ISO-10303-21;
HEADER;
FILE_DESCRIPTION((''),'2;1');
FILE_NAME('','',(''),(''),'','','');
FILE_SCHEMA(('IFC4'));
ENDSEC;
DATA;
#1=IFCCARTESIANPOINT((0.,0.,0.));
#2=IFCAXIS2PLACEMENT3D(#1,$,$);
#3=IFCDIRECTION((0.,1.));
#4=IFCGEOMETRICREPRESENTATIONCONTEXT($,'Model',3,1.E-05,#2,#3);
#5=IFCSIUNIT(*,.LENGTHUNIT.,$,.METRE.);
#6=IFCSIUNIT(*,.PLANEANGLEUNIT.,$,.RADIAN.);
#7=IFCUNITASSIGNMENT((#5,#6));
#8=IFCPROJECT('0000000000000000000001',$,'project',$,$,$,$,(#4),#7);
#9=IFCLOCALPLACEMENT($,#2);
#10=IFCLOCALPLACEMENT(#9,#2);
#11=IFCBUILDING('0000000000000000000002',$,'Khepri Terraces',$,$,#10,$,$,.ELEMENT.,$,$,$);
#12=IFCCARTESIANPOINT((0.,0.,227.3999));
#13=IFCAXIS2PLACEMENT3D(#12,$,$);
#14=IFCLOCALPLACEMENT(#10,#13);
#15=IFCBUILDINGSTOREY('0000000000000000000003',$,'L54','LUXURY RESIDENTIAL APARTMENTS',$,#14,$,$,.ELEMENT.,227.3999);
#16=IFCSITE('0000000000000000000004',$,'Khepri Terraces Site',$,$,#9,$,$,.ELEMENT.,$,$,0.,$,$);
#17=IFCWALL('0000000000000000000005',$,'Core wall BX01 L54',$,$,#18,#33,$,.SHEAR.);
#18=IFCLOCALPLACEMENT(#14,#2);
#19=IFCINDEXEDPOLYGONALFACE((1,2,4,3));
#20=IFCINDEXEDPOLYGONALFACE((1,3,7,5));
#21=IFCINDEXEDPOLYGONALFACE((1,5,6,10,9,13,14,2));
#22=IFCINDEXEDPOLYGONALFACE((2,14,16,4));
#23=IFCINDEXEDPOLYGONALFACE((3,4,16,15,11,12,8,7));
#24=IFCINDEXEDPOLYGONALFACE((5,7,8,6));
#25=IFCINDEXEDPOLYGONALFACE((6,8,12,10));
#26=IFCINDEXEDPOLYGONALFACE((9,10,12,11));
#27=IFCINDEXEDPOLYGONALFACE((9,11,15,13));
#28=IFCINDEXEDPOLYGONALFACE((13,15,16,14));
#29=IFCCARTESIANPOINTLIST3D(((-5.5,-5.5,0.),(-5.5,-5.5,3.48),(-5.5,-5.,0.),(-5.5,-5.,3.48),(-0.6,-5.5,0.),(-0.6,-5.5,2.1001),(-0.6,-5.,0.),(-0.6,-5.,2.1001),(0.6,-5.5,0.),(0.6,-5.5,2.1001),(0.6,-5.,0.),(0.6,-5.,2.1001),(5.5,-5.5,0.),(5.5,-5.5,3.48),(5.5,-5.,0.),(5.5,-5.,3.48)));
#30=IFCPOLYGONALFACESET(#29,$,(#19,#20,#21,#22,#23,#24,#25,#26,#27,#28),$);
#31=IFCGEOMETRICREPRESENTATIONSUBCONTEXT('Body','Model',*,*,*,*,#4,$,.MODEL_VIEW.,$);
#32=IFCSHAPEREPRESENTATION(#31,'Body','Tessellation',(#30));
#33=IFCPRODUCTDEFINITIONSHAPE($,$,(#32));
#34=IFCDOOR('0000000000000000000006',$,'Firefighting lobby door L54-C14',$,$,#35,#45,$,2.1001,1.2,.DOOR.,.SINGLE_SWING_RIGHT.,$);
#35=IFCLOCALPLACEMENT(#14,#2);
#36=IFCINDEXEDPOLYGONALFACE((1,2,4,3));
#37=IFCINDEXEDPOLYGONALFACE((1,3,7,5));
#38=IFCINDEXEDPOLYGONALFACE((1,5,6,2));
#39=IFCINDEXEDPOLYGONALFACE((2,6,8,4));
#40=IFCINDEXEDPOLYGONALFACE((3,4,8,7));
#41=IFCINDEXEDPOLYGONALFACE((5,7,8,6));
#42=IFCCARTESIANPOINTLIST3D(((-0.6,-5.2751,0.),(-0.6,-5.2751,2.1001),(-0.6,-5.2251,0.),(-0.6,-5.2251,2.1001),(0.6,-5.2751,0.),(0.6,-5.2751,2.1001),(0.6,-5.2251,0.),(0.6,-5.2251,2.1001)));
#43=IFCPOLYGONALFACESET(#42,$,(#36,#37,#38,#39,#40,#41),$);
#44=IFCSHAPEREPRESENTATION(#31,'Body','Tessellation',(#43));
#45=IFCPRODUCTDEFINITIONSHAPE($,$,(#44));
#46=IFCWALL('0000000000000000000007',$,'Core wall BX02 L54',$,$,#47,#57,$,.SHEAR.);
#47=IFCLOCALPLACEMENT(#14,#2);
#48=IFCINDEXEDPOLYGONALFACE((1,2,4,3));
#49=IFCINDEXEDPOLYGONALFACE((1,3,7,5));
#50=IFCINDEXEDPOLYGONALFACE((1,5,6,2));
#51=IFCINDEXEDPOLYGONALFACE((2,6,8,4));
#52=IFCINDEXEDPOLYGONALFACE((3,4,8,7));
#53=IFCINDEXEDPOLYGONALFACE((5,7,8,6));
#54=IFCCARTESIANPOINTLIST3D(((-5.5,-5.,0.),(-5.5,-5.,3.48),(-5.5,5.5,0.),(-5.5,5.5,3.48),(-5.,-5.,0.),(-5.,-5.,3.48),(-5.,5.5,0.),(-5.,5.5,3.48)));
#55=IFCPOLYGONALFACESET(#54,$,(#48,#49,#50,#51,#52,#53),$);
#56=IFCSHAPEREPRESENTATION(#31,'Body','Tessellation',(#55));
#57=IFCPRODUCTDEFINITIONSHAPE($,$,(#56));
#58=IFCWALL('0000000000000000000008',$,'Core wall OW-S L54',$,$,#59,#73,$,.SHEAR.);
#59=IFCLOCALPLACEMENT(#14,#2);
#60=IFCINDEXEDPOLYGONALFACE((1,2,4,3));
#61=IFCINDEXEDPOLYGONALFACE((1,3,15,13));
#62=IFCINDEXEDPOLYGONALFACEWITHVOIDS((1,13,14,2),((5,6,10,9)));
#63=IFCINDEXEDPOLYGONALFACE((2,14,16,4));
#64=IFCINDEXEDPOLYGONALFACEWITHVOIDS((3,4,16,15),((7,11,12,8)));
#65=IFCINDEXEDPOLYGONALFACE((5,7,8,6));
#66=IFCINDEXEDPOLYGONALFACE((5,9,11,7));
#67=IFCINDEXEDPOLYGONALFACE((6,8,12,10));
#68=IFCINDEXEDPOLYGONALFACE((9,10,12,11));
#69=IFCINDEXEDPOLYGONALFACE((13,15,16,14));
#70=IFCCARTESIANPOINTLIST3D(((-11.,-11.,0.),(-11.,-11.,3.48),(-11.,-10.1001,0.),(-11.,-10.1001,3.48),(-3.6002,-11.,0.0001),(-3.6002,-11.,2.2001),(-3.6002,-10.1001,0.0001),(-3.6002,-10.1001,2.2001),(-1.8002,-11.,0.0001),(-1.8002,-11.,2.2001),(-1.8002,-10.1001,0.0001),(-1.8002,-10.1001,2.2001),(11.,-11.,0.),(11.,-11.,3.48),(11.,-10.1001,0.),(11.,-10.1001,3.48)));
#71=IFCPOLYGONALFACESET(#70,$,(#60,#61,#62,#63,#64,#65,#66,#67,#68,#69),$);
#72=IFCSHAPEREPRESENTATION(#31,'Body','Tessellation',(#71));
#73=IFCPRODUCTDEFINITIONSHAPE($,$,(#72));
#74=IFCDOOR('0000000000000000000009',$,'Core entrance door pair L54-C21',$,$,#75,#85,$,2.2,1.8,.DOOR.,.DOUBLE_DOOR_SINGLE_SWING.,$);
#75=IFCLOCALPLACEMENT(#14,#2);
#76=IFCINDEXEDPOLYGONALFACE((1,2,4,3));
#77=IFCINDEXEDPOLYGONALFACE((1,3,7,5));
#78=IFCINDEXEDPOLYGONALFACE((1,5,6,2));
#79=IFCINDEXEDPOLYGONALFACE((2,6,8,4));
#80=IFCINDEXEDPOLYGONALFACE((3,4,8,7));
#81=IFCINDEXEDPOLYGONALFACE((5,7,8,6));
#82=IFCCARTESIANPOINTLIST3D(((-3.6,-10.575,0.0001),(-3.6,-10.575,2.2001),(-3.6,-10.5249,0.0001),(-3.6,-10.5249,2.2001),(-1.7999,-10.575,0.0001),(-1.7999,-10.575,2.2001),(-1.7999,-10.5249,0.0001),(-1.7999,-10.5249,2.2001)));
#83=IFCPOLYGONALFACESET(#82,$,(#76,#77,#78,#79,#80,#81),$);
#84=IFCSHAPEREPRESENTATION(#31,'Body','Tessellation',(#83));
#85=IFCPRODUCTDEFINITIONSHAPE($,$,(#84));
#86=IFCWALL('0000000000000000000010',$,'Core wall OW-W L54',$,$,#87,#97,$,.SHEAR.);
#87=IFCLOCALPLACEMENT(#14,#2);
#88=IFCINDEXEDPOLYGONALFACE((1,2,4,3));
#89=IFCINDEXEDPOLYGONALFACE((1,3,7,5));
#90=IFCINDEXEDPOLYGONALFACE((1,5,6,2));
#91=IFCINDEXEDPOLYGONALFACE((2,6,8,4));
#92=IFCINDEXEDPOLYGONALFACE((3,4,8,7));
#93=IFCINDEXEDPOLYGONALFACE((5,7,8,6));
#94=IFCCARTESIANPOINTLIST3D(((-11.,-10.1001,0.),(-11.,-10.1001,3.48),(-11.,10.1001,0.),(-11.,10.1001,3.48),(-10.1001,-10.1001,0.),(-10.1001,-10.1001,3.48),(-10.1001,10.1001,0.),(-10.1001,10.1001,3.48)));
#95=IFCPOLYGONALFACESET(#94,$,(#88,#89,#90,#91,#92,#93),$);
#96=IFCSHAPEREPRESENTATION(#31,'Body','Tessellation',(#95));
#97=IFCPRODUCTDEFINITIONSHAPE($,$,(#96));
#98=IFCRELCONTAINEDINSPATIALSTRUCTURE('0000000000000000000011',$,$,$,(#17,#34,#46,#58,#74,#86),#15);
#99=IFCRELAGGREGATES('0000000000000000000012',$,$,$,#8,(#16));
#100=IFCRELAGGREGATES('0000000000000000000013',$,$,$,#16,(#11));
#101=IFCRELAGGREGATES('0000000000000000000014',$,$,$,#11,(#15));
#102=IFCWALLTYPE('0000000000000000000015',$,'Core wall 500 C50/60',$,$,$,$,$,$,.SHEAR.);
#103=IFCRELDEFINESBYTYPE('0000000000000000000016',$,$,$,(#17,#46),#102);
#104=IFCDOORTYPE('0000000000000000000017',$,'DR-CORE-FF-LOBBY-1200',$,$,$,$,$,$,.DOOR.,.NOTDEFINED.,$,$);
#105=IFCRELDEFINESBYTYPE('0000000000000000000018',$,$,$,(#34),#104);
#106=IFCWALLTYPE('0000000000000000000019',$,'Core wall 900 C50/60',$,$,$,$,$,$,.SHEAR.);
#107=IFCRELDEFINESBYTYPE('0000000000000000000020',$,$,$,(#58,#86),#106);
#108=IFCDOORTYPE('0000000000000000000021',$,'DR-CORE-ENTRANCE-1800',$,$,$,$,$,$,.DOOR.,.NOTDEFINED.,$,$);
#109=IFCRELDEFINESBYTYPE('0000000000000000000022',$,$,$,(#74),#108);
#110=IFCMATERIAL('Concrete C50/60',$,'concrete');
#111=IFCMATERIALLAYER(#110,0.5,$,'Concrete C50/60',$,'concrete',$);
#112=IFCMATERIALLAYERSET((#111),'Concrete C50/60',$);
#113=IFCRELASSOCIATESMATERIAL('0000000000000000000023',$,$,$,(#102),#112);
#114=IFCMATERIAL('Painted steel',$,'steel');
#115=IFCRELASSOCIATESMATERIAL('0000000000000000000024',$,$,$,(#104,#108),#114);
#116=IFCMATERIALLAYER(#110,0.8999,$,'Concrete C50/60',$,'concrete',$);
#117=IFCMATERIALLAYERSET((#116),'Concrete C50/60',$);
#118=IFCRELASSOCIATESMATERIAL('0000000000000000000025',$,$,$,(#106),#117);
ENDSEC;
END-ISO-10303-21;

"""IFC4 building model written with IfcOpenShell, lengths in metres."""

from ifc_helpers import new_model, si_unit, direction, frame, frame_2d, origin, place, context, subcontext, project, spatial, rectangle, extrude, material, layer, layer_set, type_object, element, fill, save


model = new_model("IFC4")

# Units and contexts
model_context = context("Model", 3, precision=1e-05, world=origin(), true_north=direction((0.0, 1.0)))
body_context = subcontext(model_context, "Body", "Model", "MODEL_VIEW")
ifc_project = project(units=[si_unit("LENGTHUNIT", "METRE"), si_unit("PLANEANGLEUNIT", "RADIAN")], contexts=[model_context])

# Site, building, storey
site_placement = place(None, origin())
site = spatial("IfcSite", under=ifc_project, at=site_placement, Name="Khepri Terraces Site", CompositionType="ELEMENT", RefElevation=0.0)
building_placement = place(site_placement, origin())
building = spatial("IfcBuilding", under=site, at=building_placement, Name="Khepri Terraces", CompositionType="ELEMENT")
storey_placement = place(building_placement, frame((0.0, 0.0, 227.3999)))
storey = spatial("IfcBuildingStorey", under=building, at=storey_placement, Name="L54", Description="LUXURY RESIDENTIAL APARTMENTS", CompositionType="ELEMENT", Elevation=227.3999)

# Shared definitions
ifc_material_1 = material(Name="Concrete C50/60", Category="concrete")

# Shared definitions
ifc_material_2 = material(Name="Painted steel", Category="steel")

# Wall, opening, door
ifc_layer_1 = layer(ifc_material_1, 0.5, Name="Concrete C50/60", Category="concrete")
ifc_layer_set_1 = layer_set([ifc_layer_1], Name="Concrete C50/60")
wall_type_1 = type_object("IfcWallType", Name="Core wall 500 C50/60", PredefinedType="SHEAR", material=ifc_layer_set_1)
wall_1_placement = place(storey_placement, frame((-5.5, -5.25, 0.0), z_axis=(0.0, 0.0, 1.0), x_axis=(1.0, 0.0, 0.0)))
wall_1 = element("IfcWall", 1, at=wall_1_placement, inside=storey, type_object=wall_type_1, Name="Core wall BX01 L54", PredefinedType="SHEAR", context=body_context, shape_type="SweptSolid", body=[
    extrude(rectangle(XDim=11.0, YDim=0.5, at=frame_2d((5.5, 0.0))), origin(), (0.0, 0.0, 1.0), 3.48),
])
opening_1_placement = place(wall_1_placement, frame((4.8999, 0.0, 0.0)))
opening_1 = element("IfcOpeningElement", 2, at=opening_1_placement, cuts=wall_1, PredefinedType="OPENING", context=body_context, shape_type="SweptSolid", body=[
    extrude(rectangle(XDim=1.2, YDim=2.1001, at=frame_2d((0.6001, 1.05))), frame((0.0, 0.26, 0.0), z_axis=(0.0, -1.0, 0.0), x_axis=(1.0, 0.0, 0.0)), (0.0, 0.0, 1.0), 0.52),
])
door_type_1 = type_object("IfcDoorType", Name="DR-CORE-FF-LOBBY-1200", OperationType="NOTDEFINED", PredefinedType="DOOR", material=ifc_material_2)
door_1_placement = place(opening_1_placement, origin())
door_1 = element("IfcDoor", 3, at=door_1_placement, inside=storey, type_object=door_type_1, Name="Firefighting lobby door L54-C14", OperationType="SINGLE_SWING_RIGHT", OverallHeight=2.1001, OverallWidth=1.2, PredefinedType="DOOR", context=body_context, shape_type="SweptSolid", body=[
    extrude(rectangle(XDim=1.2, YDim=2.1001, at=frame_2d((0.6001, 1.05))), frame((0.0, 0.0249, 0.0), z_axis=(0.0, -1.0, 0.0), x_axis=(1.0, 0.0, 0.0)), (0.0, 0.0, 1.0), 0.05),
])
fill(opening_1, door_1)

# Wall
wall_2_placement = place(storey_placement, frame((-5.25, -5.0, 0.0), z_axis=(0.0, 0.0, 1.0), x_axis=(0.0, 1.0, 0.0)))
element("IfcWall", 4, at=wall_2_placement, inside=storey, type_object=wall_type_1, Name="Core wall BX02 L54", PredefinedType="SHEAR", context=body_context, shape_type="SweptSolid", body=[
    extrude(rectangle(XDim=10.5, YDim=0.5, at=frame_2d((5.25, 0.0))), origin(), (0.0, 0.0, 1.0), 3.48),
])

# Wall, opening, door
ifc_layer_2 = layer(ifc_material_1, 0.8999, Name="Concrete C50/60", Category="concrete")
ifc_layer_set_2 = layer_set([ifc_layer_2], Name="Concrete C50/60")
wall_type_2 = type_object("IfcWallType", Name="Core wall 900 C50/60", PredefinedType="SHEAR", material=ifc_layer_set_2)
wall_3_placement = place(storey_placement, frame((-11.0, -10.55, 0.0), z_axis=(0.0, 0.0, 1.0), x_axis=(1.0, 0.0, 0.0)))
wall_3 = element("IfcWall", 5, at=wall_3_placement, inside=storey, type_object=wall_type_2, Name="Core wall OW-S L54", PredefinedType="SHEAR", context=body_context, shape_type="SweptSolid", body=[
    extrude(rectangle(XDim=22.0, YDim=0.8999, at=frame_2d((11.0, 0.0))), origin(), (0.0, 0.0, 1.0), 3.48),
])
opening_2_placement = place(wall_3_placement, frame((7.3999, 0.0, 0.0)))
opening_2 = element("IfcOpeningElement", 6, at=opening_2_placement, cuts=wall_3, PredefinedType="OPENING", context=body_context, shape_type="SweptSolid", body=[
    extrude(rectangle(XDim=1.8, YDim=2.2, at=frame_2d((0.8999, 1.1001))), frame((0.0, 0.46, 0.0), z_axis=(0.0, -1.0, 0.0), x_axis=(1.0, 0.0, 0.0)), (0.0, 0.0, 1.0), 0.9199),
])
door_type_2 = type_object("IfcDoorType", Name="DR-CORE-ENTRANCE-1800", OperationType="NOTDEFINED", PredefinedType="DOOR", material=ifc_material_2)
door_2_placement = place(opening_2_placement, frame((1.8, 0.0, 0.0), z_axis=(0.0, 0.0, 1.0), x_axis=(-1.0, 0.0, 0.0)))
door_2 = element("IfcDoor", 7, at=door_2_placement, inside=storey, type_object=door_type_2, Name="Core entrance door pair L54-C21", OperationType="DOUBLE_DOOR_SINGLE_SWING", OverallHeight=2.2, OverallWidth=1.8, PredefinedType="DOOR", context=body_context, shape_type="SweptSolid", body=[
    extrude(rectangle(XDim=1.8, YDim=2.2, at=frame_2d((0.8999, 1.1001))), frame((0.0, 0.0249, 0.0), z_axis=(0.0, -1.0, 0.0), x_axis=(1.0, 0.0, 0.0)), (0.0, 0.0, 1.0), 0.05),
])
fill(opening_2, door_2)

# Wall
wall_4_placement = place(storey_placement, frame((-10.55, -10.1001, 0.0), z_axis=(0.0, 0.0, 1.0), x_axis=(0.0, 1.0, 0.0)))
element("IfcWall", 8, at=wall_4_placement, inside=storey, type_object=wall_type_2, Name="Core wall OW-W L54", PredefinedType="SHEAR", context=body_context, shape_type="SweptSolid", body=[
    extrude(rectangle(XDim=20.2002, YDim=0.8999, at=frame_2d((10.1001, 0.0))), origin(), (0.0, 0.0, 1.0), 3.48),
])

save(model, "model.ifc")
